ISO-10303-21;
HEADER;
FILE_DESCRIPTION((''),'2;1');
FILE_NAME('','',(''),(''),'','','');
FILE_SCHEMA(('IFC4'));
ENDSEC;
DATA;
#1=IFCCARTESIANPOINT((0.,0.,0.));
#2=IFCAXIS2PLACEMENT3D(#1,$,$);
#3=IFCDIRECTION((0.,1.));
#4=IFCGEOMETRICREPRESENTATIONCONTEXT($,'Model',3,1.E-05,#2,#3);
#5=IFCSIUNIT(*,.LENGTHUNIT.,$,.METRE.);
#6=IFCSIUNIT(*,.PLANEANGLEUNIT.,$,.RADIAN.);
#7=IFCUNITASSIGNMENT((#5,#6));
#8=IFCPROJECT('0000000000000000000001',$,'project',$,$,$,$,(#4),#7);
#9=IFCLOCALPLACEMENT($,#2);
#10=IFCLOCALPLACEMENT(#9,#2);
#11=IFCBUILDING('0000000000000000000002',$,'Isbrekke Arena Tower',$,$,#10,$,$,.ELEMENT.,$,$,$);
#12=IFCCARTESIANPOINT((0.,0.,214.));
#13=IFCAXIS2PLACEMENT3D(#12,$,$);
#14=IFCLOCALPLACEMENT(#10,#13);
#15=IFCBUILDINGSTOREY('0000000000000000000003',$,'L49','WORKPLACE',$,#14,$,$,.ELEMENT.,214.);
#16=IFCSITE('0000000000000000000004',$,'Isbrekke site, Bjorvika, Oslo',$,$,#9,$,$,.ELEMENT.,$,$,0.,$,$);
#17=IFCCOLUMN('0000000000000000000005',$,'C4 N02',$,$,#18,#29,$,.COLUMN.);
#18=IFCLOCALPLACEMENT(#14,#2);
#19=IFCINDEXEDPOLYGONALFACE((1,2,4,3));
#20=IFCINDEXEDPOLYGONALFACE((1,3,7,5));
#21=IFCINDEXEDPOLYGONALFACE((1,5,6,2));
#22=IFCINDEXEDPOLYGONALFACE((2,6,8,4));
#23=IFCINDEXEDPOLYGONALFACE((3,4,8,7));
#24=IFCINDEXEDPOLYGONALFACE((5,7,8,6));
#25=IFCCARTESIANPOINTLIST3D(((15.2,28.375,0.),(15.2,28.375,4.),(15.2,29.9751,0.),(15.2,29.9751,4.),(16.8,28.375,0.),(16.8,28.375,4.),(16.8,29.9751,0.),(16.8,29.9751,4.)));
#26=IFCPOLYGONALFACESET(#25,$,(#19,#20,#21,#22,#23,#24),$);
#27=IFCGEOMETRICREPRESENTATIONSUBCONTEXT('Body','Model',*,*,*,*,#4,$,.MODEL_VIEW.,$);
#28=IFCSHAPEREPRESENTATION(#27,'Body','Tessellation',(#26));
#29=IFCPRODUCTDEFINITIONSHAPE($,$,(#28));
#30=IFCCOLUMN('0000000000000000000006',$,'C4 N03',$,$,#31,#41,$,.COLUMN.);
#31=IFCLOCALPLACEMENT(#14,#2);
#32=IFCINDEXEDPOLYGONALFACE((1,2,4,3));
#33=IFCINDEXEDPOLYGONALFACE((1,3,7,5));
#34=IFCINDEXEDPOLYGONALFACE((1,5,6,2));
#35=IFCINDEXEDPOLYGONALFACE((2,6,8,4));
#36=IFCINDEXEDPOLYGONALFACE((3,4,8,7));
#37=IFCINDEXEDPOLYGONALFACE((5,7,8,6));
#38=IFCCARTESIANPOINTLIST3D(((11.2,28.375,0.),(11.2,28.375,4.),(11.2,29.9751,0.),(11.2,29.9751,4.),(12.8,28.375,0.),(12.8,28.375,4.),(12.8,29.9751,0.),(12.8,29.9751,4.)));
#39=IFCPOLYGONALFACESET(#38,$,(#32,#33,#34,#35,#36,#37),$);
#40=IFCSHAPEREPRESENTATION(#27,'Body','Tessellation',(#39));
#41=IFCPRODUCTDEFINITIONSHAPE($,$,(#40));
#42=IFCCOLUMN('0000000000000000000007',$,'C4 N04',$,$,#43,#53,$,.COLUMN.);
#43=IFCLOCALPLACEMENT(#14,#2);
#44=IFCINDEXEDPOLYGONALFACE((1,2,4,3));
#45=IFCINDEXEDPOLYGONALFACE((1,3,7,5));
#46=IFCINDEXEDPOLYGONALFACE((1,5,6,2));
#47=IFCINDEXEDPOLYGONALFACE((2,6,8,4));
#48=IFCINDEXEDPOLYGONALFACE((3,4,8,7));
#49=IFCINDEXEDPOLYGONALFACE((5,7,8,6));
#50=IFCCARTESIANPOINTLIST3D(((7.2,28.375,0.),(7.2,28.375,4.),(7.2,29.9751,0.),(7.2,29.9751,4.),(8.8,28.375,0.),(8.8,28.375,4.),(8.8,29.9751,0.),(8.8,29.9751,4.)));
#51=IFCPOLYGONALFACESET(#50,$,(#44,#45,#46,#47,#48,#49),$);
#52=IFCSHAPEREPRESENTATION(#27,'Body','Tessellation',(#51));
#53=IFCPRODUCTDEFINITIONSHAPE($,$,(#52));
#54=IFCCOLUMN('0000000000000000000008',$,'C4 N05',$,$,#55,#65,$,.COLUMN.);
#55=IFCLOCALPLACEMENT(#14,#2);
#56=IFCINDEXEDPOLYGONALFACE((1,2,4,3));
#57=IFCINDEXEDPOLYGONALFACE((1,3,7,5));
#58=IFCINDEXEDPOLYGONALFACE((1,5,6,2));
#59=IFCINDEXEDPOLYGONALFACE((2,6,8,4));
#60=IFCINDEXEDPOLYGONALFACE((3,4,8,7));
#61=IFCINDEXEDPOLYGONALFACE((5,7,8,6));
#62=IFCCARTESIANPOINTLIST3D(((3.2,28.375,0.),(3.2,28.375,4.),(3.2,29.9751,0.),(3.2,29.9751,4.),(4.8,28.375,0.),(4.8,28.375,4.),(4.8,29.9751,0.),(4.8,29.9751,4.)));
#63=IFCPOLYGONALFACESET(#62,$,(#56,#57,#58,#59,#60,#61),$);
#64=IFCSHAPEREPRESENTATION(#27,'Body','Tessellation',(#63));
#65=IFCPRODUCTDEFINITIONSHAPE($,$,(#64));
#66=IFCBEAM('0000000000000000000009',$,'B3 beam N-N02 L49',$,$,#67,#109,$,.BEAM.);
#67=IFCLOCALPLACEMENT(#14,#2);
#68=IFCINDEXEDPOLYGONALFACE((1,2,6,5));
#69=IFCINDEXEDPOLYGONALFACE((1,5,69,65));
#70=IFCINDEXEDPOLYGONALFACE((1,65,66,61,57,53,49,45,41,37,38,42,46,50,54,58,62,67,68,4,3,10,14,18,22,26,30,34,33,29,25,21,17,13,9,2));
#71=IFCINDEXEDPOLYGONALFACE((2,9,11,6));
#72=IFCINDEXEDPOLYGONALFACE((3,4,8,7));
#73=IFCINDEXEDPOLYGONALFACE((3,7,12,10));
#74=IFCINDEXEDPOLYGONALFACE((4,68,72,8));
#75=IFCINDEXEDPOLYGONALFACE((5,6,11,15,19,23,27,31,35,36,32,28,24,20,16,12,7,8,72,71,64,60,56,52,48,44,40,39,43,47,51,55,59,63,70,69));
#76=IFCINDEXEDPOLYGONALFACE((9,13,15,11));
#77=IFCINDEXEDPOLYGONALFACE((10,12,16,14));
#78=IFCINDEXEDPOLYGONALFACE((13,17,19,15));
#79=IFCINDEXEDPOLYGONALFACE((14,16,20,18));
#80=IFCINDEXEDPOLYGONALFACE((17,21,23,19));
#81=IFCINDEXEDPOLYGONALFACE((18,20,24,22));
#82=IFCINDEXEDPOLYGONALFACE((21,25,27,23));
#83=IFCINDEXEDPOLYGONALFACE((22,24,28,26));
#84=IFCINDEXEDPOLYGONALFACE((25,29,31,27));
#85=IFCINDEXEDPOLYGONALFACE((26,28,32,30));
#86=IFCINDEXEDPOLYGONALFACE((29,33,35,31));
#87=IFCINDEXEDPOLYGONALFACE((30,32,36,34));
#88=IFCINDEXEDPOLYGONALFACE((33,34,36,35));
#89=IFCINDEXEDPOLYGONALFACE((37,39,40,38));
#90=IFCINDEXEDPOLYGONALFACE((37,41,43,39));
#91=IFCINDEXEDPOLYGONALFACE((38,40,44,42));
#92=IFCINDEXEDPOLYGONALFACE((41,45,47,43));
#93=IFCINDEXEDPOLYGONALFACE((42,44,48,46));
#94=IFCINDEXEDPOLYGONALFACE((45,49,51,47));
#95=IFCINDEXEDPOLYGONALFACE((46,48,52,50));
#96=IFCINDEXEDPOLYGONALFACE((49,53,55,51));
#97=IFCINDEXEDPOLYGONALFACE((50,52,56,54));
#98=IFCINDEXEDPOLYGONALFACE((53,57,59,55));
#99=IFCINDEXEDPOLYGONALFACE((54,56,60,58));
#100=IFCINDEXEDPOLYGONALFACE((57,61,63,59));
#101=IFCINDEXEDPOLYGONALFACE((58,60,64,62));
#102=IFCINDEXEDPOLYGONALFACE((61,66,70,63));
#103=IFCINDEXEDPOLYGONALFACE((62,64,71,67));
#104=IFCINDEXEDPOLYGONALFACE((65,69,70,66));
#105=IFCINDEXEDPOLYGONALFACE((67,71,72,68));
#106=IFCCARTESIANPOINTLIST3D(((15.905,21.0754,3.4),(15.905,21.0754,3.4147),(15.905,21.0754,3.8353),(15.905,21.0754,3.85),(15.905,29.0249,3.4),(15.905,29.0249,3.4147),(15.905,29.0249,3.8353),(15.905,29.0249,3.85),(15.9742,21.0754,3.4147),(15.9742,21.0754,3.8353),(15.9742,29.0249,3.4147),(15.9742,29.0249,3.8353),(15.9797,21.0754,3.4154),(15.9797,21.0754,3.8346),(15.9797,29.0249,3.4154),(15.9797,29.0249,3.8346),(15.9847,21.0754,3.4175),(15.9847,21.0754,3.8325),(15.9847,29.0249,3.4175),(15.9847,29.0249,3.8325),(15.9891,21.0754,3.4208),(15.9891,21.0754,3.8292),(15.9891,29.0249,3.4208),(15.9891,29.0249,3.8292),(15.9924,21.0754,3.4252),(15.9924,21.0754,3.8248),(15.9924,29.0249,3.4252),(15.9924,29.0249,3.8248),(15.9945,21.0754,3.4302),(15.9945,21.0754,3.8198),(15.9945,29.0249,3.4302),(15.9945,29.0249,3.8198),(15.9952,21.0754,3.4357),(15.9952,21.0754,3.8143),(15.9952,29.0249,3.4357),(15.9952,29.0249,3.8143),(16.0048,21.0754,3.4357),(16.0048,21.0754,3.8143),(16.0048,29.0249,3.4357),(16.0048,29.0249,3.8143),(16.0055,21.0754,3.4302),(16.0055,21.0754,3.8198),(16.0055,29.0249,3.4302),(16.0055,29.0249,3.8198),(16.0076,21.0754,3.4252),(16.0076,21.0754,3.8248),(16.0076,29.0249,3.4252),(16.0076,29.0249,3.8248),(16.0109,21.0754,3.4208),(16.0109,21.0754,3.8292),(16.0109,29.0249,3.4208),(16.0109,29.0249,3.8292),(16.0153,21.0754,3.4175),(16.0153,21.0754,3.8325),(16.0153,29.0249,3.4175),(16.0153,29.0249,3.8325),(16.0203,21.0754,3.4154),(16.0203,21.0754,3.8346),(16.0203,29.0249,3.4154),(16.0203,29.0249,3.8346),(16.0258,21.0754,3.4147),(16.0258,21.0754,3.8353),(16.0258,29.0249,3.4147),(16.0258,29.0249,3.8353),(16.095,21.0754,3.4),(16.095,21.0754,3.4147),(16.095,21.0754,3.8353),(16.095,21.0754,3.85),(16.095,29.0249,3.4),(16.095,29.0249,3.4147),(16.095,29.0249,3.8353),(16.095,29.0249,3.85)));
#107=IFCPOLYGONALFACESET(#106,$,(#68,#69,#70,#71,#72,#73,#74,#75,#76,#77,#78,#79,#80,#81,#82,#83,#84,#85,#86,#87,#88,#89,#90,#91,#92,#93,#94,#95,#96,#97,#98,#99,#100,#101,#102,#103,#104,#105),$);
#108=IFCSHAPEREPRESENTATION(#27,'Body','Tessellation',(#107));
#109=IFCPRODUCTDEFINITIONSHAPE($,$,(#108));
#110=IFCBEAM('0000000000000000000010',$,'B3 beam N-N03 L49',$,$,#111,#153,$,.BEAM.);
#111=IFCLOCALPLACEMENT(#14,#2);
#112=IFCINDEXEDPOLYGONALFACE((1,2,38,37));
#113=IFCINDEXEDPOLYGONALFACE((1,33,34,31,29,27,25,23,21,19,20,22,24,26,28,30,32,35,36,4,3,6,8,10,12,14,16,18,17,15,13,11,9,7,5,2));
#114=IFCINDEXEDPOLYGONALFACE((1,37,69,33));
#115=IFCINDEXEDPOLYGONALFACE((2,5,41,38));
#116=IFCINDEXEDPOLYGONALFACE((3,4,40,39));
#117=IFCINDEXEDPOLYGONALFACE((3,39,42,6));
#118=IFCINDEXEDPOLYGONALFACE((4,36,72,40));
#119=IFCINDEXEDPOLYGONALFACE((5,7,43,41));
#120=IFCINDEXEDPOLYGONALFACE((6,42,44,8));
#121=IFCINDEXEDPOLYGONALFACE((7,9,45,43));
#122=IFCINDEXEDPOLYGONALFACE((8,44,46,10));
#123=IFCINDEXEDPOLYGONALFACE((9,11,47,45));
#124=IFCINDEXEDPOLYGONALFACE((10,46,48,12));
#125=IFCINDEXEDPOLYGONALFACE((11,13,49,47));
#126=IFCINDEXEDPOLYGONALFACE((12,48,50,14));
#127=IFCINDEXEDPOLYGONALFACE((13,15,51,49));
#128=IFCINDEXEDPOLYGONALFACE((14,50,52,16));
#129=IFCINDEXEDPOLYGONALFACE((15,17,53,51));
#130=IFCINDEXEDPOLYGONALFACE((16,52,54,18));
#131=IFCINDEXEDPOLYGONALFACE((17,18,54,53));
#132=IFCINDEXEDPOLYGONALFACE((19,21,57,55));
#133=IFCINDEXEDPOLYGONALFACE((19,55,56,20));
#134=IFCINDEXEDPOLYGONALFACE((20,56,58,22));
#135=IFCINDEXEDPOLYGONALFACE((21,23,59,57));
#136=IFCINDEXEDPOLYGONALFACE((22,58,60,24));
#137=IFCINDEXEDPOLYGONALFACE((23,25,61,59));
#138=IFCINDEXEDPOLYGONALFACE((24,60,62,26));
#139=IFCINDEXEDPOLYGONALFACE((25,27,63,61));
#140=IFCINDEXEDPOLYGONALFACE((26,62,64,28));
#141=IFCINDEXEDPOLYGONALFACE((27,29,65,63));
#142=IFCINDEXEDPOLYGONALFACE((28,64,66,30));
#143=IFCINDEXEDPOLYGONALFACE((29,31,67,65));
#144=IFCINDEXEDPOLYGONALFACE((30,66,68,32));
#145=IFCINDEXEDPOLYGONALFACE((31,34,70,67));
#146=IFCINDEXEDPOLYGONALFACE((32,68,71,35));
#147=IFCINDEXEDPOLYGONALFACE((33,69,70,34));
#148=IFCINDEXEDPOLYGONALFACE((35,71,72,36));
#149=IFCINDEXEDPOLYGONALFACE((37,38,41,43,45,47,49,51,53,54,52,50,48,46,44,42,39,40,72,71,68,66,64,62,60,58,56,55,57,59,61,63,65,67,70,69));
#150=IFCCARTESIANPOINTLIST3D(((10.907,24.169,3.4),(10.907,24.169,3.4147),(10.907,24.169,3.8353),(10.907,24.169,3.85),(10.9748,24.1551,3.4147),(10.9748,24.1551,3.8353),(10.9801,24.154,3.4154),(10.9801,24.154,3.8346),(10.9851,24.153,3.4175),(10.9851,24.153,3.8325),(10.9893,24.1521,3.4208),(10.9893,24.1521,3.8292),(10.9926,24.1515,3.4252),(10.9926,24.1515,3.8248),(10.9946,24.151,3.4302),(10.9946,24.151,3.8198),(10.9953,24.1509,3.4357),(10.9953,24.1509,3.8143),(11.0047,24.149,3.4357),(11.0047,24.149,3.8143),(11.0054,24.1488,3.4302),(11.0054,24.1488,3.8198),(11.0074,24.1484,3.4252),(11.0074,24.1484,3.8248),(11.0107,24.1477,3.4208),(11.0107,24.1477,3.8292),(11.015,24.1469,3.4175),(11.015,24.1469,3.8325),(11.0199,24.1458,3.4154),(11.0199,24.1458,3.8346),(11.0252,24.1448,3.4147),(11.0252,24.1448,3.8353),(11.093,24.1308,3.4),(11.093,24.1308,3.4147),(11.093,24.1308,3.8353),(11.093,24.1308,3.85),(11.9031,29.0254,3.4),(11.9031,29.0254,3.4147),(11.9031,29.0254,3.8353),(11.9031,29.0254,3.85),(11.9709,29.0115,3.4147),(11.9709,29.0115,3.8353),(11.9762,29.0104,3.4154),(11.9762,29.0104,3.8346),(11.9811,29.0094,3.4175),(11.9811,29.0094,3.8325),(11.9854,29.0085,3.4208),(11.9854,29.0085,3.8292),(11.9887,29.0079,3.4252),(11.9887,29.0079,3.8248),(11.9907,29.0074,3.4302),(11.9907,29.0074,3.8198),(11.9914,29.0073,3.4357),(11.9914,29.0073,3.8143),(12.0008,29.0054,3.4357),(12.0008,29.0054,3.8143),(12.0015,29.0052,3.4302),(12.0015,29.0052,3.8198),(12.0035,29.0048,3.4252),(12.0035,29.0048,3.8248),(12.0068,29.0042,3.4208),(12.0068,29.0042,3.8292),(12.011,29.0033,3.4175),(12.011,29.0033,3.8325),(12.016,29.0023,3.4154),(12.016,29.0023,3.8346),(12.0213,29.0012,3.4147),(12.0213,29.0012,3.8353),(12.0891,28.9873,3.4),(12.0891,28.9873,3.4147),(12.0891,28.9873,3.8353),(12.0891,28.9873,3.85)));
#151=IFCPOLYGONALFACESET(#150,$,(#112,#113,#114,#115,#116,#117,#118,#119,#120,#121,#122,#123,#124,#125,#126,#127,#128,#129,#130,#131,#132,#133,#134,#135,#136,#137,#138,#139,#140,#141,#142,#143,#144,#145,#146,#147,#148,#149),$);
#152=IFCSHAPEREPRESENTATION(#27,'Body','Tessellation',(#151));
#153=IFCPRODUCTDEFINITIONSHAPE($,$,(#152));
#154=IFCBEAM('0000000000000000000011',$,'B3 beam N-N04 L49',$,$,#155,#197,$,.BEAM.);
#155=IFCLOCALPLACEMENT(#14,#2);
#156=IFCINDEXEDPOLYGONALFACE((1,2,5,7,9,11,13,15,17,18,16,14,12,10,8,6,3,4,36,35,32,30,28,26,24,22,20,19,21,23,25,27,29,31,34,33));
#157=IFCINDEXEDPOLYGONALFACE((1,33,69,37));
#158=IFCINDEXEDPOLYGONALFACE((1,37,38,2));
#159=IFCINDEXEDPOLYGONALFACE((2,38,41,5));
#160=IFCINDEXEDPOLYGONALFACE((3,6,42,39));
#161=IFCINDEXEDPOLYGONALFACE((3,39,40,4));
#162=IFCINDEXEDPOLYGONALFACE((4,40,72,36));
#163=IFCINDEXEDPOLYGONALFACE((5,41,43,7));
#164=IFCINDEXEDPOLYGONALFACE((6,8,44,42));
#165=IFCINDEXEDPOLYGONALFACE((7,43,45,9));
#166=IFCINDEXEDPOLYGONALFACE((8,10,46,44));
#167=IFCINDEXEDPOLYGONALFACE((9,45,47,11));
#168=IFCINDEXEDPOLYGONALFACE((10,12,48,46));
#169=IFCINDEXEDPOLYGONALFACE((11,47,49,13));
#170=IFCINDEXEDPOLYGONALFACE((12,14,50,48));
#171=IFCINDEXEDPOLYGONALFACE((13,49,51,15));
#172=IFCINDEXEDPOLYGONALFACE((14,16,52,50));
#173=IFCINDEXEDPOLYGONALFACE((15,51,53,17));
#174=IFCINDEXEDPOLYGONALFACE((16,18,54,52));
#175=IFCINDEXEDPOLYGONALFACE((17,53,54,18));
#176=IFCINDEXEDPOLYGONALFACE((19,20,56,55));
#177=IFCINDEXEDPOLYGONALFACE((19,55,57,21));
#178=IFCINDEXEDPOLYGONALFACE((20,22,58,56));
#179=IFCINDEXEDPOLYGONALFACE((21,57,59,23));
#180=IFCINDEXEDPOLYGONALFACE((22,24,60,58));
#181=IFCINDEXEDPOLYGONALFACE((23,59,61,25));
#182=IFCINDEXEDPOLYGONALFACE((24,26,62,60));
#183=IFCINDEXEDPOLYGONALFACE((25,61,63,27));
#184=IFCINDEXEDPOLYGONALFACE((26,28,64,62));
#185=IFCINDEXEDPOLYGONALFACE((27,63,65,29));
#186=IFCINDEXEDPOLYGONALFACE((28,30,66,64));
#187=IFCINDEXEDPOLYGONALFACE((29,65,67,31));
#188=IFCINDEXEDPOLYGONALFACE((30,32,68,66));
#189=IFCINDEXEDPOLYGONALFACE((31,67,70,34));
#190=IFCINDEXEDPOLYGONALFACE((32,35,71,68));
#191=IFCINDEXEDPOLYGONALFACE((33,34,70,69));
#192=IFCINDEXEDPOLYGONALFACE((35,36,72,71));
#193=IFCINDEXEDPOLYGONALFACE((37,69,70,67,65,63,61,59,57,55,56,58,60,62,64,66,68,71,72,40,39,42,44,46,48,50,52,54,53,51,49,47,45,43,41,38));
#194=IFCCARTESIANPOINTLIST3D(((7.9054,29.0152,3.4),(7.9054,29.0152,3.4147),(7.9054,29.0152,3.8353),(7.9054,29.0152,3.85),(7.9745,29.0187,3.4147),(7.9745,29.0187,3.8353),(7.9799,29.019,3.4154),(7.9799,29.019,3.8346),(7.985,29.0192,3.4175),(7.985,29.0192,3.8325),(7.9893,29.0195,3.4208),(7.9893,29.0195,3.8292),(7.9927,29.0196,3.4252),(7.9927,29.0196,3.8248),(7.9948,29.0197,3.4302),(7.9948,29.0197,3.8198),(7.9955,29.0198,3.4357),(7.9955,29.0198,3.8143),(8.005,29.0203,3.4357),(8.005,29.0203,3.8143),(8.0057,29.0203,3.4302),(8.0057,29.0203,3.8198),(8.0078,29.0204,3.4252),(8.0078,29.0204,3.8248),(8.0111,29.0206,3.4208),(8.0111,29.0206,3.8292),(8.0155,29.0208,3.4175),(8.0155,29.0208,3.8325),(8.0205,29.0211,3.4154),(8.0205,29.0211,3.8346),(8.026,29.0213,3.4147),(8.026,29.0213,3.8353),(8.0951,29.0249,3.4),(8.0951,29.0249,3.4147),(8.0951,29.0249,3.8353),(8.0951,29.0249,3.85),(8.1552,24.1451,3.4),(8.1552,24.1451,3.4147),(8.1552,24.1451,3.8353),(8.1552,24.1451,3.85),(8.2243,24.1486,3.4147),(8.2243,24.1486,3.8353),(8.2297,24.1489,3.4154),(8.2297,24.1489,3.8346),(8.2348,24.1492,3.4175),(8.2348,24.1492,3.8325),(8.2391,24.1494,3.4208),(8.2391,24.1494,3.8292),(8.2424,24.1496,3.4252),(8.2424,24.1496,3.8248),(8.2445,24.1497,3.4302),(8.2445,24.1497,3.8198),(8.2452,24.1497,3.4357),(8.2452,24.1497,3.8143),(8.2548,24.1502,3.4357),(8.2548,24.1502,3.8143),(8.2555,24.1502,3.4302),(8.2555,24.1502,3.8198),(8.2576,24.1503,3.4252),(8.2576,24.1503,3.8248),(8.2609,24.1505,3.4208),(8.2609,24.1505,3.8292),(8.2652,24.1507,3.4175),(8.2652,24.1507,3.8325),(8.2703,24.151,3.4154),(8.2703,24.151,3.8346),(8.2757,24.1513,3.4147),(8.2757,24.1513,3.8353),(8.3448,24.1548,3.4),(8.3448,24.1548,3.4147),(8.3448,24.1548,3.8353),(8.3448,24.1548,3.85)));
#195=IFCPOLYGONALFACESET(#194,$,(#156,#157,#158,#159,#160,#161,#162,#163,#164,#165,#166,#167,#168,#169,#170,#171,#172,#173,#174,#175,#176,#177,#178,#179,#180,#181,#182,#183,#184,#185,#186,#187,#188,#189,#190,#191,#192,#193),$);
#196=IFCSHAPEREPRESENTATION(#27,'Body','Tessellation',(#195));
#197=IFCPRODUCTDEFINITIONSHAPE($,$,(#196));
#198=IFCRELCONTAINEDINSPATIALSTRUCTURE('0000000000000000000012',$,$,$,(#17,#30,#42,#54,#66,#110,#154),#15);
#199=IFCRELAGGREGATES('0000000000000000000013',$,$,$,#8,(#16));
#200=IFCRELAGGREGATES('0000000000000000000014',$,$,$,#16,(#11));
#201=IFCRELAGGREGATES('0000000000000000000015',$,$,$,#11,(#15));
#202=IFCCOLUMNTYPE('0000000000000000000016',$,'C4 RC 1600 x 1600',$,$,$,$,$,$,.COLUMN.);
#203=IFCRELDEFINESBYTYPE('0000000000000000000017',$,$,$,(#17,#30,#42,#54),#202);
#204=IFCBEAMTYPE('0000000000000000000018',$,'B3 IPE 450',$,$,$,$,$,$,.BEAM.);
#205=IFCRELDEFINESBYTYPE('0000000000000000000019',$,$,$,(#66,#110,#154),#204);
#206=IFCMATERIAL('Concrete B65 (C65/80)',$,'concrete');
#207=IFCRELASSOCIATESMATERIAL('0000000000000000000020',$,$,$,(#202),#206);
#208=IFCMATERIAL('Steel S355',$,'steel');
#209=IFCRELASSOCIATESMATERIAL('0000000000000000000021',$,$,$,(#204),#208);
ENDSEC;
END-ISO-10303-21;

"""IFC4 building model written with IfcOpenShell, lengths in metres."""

from ifc_helpers import new_model, si_unit, direction, frame, origin, origin_2d, place, context, subcontext, project, spatial, rectangle, i_section, extrude, material, material_profile, profile_set, type_object, element, save


model = new_model("IFC4")

# Units and contexts
model_context = context("Model", 3, precision=1e-05, world=origin(), true_north=direction((0.0, 1.0)))
body_context = subcontext(model_context, "Body", "Model", "MODEL_VIEW")
ifc_project = project(units=[si_unit("LENGTHUNIT", "METRE"), si_unit("PLANEANGLEUNIT", "RADIAN")], contexts=[model_context])

# Site, building, storey
site_placement = place(None, origin())
site = spatial("IfcSite", under=ifc_project, at=site_placement, Name="Isbrekke site, Bjorvika, Oslo", CompositionType="ELEMENT", RefElevation=0.0)
building_placement = place(site_placement, origin())
building = spatial("IfcBuilding", under=site, at=building_placement, Name="Isbrekke Arena Tower", CompositionType="ELEMENT")
storey_placement = place(building_placement, frame((0.0, 0.0, 214.0)))
storey = spatial("IfcBuildingStorey", under=building, at=storey_placement, Name="L49", Description="WORKPLACE", CompositionType="ELEMENT", Elevation=214.0)

# Columns
ifc_material_1 = material(Name="Concrete B65 (C65/80)", Category="concrete")
ifc_material_profile_1 = material_profile(ifc_material_1, rectangle(XDim=1.6001, YDim=1.6001, at=origin_2d()), Name="RC 1600x1600")
ifc_profile_set_1 = profile_set([ifc_material_profile_1], Name="Concrete B65 (C65/80)")
column_type = type_object("IfcColumnType", Name="C4 RC 1600 x 1600", PredefinedType="COLUMN", material=ifc_profile_set_1)
for number, where, z_axis, x_axis, name in (
    (1, (16.0, 29.175, 0.0), (0.0, 0.0, 1.0), (-1.0, 0.0, 0.0), "C4 N02"),
    (2, (12.0, 29.175, 0.0), (0.0, 0.0, 1.0), (-1.0, 0.0, 0.0), "C4 N03"),
    (3, (8.0, 29.175, 0.0), (0.0, 0.0, 1.0), (-1.0, 0.0, 0.0), "C4 N04"),
    (4, (4.0, 29.175, 0.0), (0.0, 0.0, 1.0), (-1.0, 0.0, 0.0), "C4 N05"),
):
    element("IfcColumn", number, at=place(storey_placement, frame(where, z_axis=z_axis, x_axis=x_axis)), inside=storey, type_object=column_type, Name=name, PredefinedType="COLUMN", context=body_context, shape_type="SweptSolid", body=[
        extrude(rectangle(XDim=1.6001, YDim=1.6001, at=origin_2d()), origin(), (0.0, 0.0, 1.0), 4.0),
    ])

# Beams
ifc_material_2 = material(Name="Steel S355", Category="steel")
ifc_material_profile_2 = material_profile(ifc_material_2, i_section(OverallWidth=0.1899, OverallDepth=0.45, WebThickness=0.0095, FlangeThickness=0.0146, FilletRadius=0.021, at=origin_2d()), Name="IPE 450")
ifc_profile_set_2 = profile_set([ifc_material_profile_2], Name="Steel S355")
beam_type_1 = type_object("IfcBeamType", Name="B3 IPE 450", PredefinedType="BEAM", material=ifc_profile_set_2)
beam_1_placement = place(storey_placement, frame((16.0, 29.0249, 3.625), z_axis=(0.0, -1.0, 0.0), x_axis=(1.0, 0.0, 0.0)))
element("IfcBeam", 5, at=beam_1_placement, inside=storey, type_object=beam_type_1, Name="B3 beam N-N02 L49", PredefinedType="BEAM", context=body_context, shape_type="SweptSolid", body=[
    extrude(i_section(OverallWidth=0.1899, OverallDepth=0.45, WebThickness=0.0095, FlangeThickness=0.0146, FilletRadius=0.021, at=origin_2d()), origin(), (0.0, 0.0, 1.0), 7.9495),
])
beam_2_placement = place(storey_placement, frame((11.9961, 29.0063, 3.625), z_axis=(-0.200925, -0.979607, 0.0), x_axis=(0.979607, -0.200925, 0.0)))
element("IfcBeam", 6, at=beam_2_placement, inside=storey, type_object=beam_type_1, Name="B3 beam N-N03 L49", PredefinedType="BEAM", context=body_context, shape_type="SweptSolid", body=[
    extrude(i_section(OverallWidth=0.1899, OverallDepth=0.45, WebThickness=0.0095, FlangeThickness=0.0146, FilletRadius=0.021, at=origin_2d()), origin(), (0.0, 0.0, 1.0), 4.9575),
])
beam_3_placement = place(storey_placement, frame((8.0002, 29.02, 3.625), z_axis=(0.051216, -0.998688, 0.0), x_axis=(0.998688, 0.051216, 0.0)))
element("IfcBeam", 7, at=beam_3_placement, inside=storey, type_object=beam_type_1, Name="B3 beam N-N04 L49", PredefinedType="BEAM", context=body_context, shape_type="SweptSolid", body=[
    extrude(i_section(OverallWidth=0.1899, OverallDepth=0.45, WebThickness=0.0095, FlangeThickness=0.0146, FilletRadius=0.021, at=origin_2d()), origin(), (0.0, 0.0, 1.0), 4.8765),
])

save(model, "model.ifc")
